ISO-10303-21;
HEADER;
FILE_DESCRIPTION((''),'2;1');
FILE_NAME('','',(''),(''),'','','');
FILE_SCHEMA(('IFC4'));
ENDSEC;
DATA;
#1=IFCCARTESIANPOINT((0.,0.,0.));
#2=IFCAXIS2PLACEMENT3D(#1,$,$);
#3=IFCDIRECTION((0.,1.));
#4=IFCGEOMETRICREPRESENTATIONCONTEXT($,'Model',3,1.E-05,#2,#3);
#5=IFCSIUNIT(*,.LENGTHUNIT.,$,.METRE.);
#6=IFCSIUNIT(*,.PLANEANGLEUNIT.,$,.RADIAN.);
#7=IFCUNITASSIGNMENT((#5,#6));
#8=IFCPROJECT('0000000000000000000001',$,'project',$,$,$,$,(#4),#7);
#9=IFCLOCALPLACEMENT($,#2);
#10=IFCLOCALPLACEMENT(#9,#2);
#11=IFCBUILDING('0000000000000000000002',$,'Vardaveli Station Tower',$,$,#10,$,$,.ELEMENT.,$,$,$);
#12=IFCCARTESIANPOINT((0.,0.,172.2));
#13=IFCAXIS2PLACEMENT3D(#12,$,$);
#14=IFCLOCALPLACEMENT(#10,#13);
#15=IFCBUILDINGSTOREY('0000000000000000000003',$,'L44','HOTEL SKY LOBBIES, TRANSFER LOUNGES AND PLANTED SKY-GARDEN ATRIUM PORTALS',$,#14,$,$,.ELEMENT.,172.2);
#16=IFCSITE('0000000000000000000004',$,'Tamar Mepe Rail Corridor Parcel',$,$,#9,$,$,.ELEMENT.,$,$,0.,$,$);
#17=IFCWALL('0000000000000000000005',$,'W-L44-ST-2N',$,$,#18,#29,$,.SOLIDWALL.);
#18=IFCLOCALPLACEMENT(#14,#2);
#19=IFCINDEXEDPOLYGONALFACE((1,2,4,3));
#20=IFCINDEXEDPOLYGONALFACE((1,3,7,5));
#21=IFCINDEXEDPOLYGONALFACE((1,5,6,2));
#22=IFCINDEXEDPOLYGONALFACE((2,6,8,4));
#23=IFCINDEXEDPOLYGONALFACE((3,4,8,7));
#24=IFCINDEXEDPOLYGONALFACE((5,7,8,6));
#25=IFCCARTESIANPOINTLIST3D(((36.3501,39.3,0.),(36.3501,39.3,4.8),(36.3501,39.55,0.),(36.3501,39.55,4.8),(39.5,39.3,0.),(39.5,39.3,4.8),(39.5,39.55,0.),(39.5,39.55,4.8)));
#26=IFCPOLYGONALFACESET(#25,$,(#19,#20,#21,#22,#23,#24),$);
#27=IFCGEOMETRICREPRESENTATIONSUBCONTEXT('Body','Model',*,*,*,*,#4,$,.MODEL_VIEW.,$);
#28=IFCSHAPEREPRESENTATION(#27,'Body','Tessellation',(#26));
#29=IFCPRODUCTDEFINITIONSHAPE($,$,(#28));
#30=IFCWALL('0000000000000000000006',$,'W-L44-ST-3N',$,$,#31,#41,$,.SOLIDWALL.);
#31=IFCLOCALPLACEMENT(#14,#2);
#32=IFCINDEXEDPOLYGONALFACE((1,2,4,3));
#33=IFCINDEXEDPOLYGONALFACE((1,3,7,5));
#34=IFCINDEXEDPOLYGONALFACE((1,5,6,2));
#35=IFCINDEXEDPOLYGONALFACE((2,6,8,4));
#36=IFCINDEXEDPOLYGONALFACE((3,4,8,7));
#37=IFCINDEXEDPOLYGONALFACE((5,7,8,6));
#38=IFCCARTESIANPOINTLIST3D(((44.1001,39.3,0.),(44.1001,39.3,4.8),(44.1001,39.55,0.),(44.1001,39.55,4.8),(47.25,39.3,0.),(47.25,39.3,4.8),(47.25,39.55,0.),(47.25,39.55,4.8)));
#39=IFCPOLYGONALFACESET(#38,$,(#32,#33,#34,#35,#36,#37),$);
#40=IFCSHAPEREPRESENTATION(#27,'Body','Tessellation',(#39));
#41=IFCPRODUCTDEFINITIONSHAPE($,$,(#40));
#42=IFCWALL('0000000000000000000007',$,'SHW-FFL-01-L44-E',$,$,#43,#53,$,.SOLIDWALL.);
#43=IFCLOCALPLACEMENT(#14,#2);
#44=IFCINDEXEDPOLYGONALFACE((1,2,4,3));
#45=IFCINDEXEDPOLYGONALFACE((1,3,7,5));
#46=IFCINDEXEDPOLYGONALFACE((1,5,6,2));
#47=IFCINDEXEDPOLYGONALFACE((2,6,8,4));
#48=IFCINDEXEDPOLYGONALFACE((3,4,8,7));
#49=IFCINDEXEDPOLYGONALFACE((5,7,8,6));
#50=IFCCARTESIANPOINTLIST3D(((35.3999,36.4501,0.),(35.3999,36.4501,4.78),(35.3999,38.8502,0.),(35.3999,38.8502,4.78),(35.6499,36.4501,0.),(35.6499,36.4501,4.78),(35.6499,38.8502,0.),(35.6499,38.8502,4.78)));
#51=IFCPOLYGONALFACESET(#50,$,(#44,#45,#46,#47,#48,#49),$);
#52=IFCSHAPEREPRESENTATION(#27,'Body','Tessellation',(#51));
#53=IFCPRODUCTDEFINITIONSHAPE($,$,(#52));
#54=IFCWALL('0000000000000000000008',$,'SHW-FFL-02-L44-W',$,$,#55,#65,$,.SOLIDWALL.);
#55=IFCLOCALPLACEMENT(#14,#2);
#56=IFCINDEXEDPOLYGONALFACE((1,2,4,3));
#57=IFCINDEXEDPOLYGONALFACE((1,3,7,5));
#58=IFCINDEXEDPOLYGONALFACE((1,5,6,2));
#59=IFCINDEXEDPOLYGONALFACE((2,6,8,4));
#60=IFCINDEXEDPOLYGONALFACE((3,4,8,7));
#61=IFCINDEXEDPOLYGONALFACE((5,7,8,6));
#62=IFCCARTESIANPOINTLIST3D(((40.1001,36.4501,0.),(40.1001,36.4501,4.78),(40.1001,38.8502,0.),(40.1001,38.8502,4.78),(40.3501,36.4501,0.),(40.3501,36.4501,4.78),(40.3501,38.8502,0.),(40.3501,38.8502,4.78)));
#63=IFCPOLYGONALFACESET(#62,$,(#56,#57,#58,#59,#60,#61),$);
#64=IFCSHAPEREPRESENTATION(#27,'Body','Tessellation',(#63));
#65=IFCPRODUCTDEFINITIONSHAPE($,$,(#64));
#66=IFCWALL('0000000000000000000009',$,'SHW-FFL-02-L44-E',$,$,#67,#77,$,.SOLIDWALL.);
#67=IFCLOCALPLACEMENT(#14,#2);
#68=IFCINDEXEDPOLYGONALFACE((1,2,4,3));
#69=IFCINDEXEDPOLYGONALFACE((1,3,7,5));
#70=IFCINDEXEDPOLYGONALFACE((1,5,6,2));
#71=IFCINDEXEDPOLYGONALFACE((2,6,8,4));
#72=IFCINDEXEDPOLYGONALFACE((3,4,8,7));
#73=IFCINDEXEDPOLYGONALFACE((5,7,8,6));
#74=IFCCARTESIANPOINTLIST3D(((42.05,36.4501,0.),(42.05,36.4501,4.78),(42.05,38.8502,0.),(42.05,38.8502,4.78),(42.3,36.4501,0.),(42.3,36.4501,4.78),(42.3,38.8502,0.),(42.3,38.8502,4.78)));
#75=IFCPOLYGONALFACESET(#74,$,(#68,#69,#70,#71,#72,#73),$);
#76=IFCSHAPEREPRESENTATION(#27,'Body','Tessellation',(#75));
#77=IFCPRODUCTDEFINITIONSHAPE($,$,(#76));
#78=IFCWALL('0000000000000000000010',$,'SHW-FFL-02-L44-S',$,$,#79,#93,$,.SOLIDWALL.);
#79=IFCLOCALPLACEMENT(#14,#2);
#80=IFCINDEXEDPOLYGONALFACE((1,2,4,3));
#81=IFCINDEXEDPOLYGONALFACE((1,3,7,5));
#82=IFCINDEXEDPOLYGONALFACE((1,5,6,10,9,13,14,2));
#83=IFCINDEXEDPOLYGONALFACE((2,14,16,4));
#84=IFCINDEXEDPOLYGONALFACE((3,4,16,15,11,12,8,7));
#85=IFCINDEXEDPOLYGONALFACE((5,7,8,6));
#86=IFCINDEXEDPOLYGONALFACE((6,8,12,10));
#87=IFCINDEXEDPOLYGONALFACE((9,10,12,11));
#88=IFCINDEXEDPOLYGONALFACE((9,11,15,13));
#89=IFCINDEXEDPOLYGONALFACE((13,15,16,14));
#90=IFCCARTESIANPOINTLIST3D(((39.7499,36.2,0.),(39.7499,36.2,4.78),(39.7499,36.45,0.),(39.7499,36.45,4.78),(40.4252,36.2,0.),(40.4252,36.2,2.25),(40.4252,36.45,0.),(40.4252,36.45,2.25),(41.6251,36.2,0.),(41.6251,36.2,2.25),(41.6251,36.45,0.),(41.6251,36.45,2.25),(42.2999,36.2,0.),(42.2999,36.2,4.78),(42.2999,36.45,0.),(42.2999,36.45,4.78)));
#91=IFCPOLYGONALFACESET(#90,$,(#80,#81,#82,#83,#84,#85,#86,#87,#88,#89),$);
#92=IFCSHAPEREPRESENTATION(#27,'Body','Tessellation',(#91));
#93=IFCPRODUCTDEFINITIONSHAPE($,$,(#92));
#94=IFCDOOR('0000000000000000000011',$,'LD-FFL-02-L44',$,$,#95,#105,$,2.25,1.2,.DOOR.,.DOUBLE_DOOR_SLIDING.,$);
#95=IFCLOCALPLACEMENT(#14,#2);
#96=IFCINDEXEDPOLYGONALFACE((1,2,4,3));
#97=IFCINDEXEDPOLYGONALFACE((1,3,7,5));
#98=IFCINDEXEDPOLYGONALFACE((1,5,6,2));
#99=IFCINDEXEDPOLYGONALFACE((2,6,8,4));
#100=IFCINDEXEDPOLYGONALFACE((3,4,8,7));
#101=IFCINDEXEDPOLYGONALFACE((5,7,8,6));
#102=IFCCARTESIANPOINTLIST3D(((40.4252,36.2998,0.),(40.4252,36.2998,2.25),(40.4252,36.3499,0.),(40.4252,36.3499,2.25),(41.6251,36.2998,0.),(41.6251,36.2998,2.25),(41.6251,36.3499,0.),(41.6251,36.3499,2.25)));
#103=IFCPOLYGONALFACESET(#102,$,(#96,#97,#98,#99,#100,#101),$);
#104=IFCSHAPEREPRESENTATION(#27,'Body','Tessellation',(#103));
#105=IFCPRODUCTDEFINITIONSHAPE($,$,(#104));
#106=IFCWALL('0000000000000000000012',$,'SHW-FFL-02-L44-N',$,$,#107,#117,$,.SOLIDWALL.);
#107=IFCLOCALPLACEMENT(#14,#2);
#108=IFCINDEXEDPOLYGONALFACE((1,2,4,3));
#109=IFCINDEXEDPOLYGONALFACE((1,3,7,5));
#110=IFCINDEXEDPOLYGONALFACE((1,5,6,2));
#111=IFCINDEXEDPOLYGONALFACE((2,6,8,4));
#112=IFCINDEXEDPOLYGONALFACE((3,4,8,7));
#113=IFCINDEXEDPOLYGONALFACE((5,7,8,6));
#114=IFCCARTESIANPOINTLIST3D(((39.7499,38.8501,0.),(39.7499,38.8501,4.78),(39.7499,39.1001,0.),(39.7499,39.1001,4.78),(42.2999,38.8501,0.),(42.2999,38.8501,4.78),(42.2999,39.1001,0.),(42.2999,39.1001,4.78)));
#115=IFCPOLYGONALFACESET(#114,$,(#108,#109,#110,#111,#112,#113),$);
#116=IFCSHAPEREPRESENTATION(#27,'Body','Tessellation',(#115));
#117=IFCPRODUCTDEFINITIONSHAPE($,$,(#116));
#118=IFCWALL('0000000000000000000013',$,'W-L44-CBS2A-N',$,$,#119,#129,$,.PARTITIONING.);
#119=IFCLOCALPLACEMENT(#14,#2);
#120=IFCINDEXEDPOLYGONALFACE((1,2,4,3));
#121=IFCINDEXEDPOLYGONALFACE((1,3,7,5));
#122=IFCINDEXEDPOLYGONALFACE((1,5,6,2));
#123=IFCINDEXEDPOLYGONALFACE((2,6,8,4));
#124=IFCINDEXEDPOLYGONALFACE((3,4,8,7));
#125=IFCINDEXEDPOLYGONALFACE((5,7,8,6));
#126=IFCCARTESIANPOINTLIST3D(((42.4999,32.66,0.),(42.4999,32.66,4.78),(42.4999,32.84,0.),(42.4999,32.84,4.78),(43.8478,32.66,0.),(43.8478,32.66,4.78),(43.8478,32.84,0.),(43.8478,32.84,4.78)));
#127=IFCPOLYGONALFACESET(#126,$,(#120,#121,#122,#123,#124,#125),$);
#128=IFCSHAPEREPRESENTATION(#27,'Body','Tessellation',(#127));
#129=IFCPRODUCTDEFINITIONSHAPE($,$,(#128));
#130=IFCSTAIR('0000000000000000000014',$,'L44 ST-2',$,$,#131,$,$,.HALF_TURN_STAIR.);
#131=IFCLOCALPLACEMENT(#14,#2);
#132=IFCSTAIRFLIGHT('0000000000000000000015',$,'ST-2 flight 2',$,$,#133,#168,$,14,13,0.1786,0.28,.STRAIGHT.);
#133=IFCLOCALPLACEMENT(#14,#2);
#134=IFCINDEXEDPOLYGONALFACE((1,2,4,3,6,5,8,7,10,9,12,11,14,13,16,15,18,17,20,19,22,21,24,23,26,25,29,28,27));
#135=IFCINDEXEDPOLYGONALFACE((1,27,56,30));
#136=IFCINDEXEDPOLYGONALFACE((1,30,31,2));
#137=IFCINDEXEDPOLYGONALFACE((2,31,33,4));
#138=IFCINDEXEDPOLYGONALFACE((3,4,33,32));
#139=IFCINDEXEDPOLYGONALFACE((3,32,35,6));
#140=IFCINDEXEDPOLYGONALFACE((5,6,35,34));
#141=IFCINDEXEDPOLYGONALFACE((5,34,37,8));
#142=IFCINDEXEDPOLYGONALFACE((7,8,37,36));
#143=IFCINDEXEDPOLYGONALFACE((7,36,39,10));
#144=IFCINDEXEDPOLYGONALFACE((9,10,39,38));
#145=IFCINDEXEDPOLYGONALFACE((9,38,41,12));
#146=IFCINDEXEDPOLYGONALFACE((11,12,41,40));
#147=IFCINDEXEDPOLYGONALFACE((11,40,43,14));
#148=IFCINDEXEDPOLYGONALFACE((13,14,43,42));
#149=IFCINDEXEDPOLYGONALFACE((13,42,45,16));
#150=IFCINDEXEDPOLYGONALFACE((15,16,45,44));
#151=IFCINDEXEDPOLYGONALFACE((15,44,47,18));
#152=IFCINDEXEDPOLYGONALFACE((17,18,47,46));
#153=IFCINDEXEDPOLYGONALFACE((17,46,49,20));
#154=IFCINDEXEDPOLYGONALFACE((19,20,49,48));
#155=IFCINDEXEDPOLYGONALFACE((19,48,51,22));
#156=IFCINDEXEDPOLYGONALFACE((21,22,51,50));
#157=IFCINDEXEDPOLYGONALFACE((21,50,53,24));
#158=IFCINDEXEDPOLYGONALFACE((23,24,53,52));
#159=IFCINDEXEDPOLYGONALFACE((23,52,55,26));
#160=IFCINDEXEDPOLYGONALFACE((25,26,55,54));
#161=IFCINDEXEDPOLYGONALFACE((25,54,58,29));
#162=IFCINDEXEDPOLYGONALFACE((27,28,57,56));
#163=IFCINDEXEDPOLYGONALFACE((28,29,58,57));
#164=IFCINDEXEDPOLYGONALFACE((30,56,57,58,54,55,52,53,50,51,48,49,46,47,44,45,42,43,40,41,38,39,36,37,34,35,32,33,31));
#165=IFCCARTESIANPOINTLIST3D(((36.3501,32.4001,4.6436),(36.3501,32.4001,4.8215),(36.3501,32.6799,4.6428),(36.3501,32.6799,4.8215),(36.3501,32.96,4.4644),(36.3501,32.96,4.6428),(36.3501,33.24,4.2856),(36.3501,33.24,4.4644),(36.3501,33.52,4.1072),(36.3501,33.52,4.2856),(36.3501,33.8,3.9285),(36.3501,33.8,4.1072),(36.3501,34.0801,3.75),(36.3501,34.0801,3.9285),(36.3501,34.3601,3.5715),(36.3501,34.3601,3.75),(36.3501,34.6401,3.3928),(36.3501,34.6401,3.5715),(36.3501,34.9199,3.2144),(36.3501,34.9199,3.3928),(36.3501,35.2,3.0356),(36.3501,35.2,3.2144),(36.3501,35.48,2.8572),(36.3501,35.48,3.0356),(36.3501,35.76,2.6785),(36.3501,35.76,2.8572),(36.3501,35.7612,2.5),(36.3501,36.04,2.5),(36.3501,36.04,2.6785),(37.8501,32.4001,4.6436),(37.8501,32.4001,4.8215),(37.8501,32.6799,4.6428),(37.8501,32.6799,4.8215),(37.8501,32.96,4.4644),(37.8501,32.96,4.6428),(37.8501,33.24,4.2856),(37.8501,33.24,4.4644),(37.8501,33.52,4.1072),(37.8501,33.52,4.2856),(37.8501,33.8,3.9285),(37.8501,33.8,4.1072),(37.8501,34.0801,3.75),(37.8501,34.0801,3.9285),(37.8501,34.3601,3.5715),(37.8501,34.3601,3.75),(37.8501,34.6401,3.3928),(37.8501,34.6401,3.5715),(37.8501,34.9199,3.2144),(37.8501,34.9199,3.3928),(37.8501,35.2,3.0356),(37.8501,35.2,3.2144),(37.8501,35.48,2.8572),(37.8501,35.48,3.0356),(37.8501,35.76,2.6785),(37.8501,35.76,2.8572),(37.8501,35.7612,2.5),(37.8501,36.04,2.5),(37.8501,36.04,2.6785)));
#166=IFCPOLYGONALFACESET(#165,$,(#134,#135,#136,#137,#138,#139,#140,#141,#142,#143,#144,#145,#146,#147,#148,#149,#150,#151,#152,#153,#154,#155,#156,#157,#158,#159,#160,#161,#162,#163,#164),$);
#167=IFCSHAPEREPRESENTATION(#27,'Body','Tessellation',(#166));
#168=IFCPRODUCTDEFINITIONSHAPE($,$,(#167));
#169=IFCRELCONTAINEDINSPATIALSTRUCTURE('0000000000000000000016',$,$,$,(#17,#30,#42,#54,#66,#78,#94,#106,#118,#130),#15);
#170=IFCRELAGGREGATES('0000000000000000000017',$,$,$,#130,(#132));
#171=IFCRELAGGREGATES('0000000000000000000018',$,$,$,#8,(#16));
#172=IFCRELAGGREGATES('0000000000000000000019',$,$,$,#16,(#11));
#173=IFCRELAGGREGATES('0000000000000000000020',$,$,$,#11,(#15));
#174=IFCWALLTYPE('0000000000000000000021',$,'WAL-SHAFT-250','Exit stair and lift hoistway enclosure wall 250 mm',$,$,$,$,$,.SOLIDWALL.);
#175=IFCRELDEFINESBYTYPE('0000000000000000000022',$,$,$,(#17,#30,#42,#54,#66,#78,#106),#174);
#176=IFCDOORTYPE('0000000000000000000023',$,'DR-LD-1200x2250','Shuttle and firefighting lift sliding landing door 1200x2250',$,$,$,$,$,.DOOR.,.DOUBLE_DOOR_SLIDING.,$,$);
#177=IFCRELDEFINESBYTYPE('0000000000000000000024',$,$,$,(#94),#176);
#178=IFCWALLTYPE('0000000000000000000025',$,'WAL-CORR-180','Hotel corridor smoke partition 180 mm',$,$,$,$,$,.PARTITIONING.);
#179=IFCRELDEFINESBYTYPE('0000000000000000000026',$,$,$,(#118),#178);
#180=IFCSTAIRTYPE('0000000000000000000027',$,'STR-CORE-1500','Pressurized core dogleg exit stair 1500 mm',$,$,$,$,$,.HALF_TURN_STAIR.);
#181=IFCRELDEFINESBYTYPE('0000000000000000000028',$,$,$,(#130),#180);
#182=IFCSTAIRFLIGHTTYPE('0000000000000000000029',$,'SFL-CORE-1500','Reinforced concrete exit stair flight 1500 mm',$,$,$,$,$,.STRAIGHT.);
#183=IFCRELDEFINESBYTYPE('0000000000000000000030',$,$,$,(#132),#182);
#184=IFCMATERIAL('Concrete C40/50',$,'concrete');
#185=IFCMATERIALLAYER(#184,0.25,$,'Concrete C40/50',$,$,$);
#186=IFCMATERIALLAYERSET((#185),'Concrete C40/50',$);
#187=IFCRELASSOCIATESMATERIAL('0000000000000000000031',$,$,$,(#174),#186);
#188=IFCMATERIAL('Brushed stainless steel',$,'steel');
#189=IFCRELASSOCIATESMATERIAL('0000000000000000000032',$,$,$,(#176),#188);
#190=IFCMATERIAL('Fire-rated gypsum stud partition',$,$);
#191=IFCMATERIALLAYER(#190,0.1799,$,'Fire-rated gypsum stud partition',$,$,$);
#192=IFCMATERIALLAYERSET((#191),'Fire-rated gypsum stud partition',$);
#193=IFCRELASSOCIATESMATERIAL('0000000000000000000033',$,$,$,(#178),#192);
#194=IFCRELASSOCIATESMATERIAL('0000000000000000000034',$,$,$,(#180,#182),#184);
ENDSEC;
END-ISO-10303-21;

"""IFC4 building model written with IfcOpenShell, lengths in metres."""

from ifc_helpers import new_model, si_unit, direction, frame, frame_2d, origin, place, context, subcontext, project, spatial, polyline, rectangle, outline, extrude, source, transform, mapped, material, layer, layer_set, type_object, element, fill, aggregate, save


model = new_model("IFC4")

# Units and contexts
model_context = context("Model", 3, precision=1e-05, world=origin(), true_north=direction((0.0, 1.0)))
body_context = subcontext(model_context, "Body", "Model", "MODEL_VIEW")
ifc_project = project(units=[si_unit("LENGTHUNIT", "METRE"), si_unit("PLANEANGLEUNIT", "RADIAN")], contexts=[model_context])

# Site, building, storey
site_placement = place(None, origin())
site = spatial("IfcSite", under=ifc_project, at=site_placement, Name="Tamar Mepe Rail Corridor Parcel", CompositionType="ELEMENT", RefElevation=0.0)
building_placement = place(site_placement, origin())
building = spatial("IfcBuilding", under=site, at=building_placement, Name="Vardaveli Station Tower", CompositionType="ELEMENT")
storey_placement = place(building_placement, frame((0.0, 0.0, 172.2)))
storey = spatial("IfcBuildingStorey", under=building, at=storey_placement, Name="L44", Description="HOTEL SKY LOBBIES, TRANSFER LOUNGES AND PLANTED SKY-GARDEN ATRIUM PORTALS", CompositionType="ELEMENT", Elevation=172.2)

# Walls
ifc_material_1 = material(Name="Concrete C40/50", Category="concrete")
ifc_layer_1 = layer(ifc_material_1, 0.25, Name="Concrete C40/50")
ifc_layer_set_1 = layer_set([ifc_layer_1], Name="Concrete C40/50")
wall_type_1 = type_object("IfcWallType", Name="WAL-SHAFT-250", Description="Exit stair and lift hoistway enclosure wall 250 mm", PredefinedType="SOLIDWALL", material=ifc_layer_set_1)
shared_shape_1 = source(origin(), body_context, "Body", "SweptSolid", [
    extrude(rectangle(XDim=3.1499, YDim=0.25, at=frame_2d((1.575, 0.0))), origin(), (0.0, 0.0, 1.0), 4.8),
])
for number, where, z_axis, x_axis, name in (
    (1, (36.3501, 39.425, 0.0), (0.0, 0.0, 1.0), (1.0, 0.0, 0.0), "W-L44-ST-2N"),
    (2, (44.1001, 39.425, 0.0), (0.0, 0.0, 1.0), (1.0, 0.0, 0.0), "W-L44-ST-3N"),
):
    element("IfcWall", number, at=place(storey_placement, frame(where, z_axis=z_axis, x_axis=x_axis)), inside=storey, type_object=wall_type_1, Name=name, PredefinedType="SOLIDWALL", context=body_context, shape_type="MappedRepresentation", body=[
        mapped(shared_shape_1, transform((0.0, 0.0, 0.0), scale=1.0)),
    ])
shared_shape_2 = source(origin(), body_context, "Body", "SweptSolid", [
    extrude(rectangle(XDim=2.4001, YDim=0.25, at=frame_2d((1.2002, 0.0))), origin(), (0.0, 0.0, 1.0), 4.78),
])
for number, where, z_axis, x_axis, name in (
    (3, (35.5249, 36.45, 0.0), (0.0, 0.0, 1.0), (0.0, 1.0, 0.0), "SHW-FFL-01-L44-E"),
    (4, (40.2251, 36.45, 0.0), (0.0, 0.0, 1.0), (0.0, 1.0, 0.0), "SHW-FFL-02-L44-W"),
    (5, (42.175, 36.45, 0.0), (0.0, 0.0, 1.0), (0.0, 1.0, 0.0), "SHW-FFL-02-L44-E"),
):
    element("IfcWall", number, at=place(storey_placement, frame(where, z_axis=z_axis, x_axis=x_axis)), inside=storey, type_object=wall_type_1, Name=name, PredefinedType="SOLIDWALL", context=body_context, shape_type="MappedRepresentation", body=[
        mapped(shared_shape_2, transform((0.0, 0.0, 0.0), scale=1.0)),
    ])

# Wall, opening, door
shared_shape_3 = source(origin(), body_context, "Body", "SweptSolid", [
    extrude(rectangle(XDim=2.55, YDim=0.25, at=frame_2d((1.2749, 0.0))), origin(), (0.0, 0.0, 1.0), 4.78),
])
wall_1_placement = place(storey_placement, frame((39.75, 36.325, 0.0), z_axis=(0.0, 0.0, 1.0), x_axis=(1.0, 0.0, 0.0)))
wall_1 = element("IfcWall", 6, at=wall_1_placement, inside=storey, type_object=wall_type_1, Name="SHW-FFL-02-L44-S", PredefinedType="SOLIDWALL", context=body_context, shape_type="MappedRepresentation", body=[
    mapped(shared_shape_3, transform((0.0, 0.0, 0.0), scale=1.0)),
])
shared_shape_4 = source(origin(), body_context, "Body", "SweptSolid", [
    extrude(rectangle(XDim=1.2, YDim=2.25, at=frame_2d((0.6001, 1.125))), frame((0.0, 0.135, 0.0), z_axis=(0.0, -1.0, 0.0), x_axis=(1.0, 0.0, 0.0)), (0.0, 0.0, 1.0), 0.27),
])
opening_placement = place(wall_1_placement, frame((0.675, 0.0, 0.0)))
opening = element("IfcOpeningElement", 7, at=opening_placement, cuts=wall_1, PredefinedType="OPENING", context=body_context, shape_type="MappedRepresentation", body=[
    mapped(shared_shape_4, transform((0.0, 0.0, 0.0), scale=1.0)),
])
ifc_material_2 = material(Name="Brushed stainless steel", Category="steel")
door_type = type_object("IfcDoorType", Name="DR-LD-1200x2250", Description="Shuttle and firefighting lift sliding landing door 1200x2250", OperationType="DOUBLE_DOOR_SLIDING", PredefinedType="DOOR", material=ifc_material_2)
shared_shape_5 = source(origin(), body_context, "Body", "SweptSolid", [
    extrude(rectangle(XDim=1.2, YDim=2.25, at=frame_2d((0.6001, 1.125))), frame((0.0, 0.0249, 0.0), z_axis=(0.0, -1.0, 0.0), x_axis=(1.0, 0.0, 0.0)), (0.0, 0.0, 1.0), 0.05),
])
door_placement = place(opening_placement, origin())
door = element("IfcDoor", 8, at=door_placement, inside=storey, type_object=door_type, Name="LD-FFL-02-L44", OperationType="DOUBLE_DOOR_SLIDING", OverallHeight=2.25, OverallWidth=1.2, PredefinedType="DOOR", context=body_context, shape_type="MappedRepresentation", body=[
    mapped(shared_shape_5, transform((0.0, 0.0, 0.0), scale=1.0)),
])
fill(opening, door)

# Walls
wall_2_placement = place(storey_placement, frame((39.75, 38.9751, 0.0), z_axis=(0.0, 0.0, 1.0), x_axis=(1.0, 0.0, 0.0)))
element("IfcWall", 9, at=wall_2_placement, inside=storey, type_object=wall_type_1, Name="SHW-FFL-02-L44-N", PredefinedType="SOLIDWALL", context=body_context, shape_type="MappedRepresentation", body=[
    mapped(shared_shape_3, transform((0.0, 0.0, 0.0), scale=1.0)),
])
ifc_material_3 = material(Name="Fire-rated gypsum stud partition")
ifc_layer_2 = layer(ifc_material_3, 0.1799, Name="Fire-rated gypsum stud partition")
ifc_layer_set_2 = layer_set([ifc_layer_2], Name="Fire-rated gypsum stud partition")
wall_type_2 = type_object("IfcWallType", Name="WAL-CORR-180", Description="Hotel corridor smoke partition 180 mm", PredefinedType="PARTITIONING", material=ifc_layer_set_2)
shared_shape_6 = source(origin(), body_context, "Body", "SweptSolid", [
    extrude(rectangle(XDim=1.3479, YDim=0.1799, at=frame_2d((0.6738, 0.0))), origin(), (0.0, 0.0, 1.0), 4.78),
])
wall_3_placement = place(storey_placement, frame((42.5, 32.75, 0.0), z_axis=(0.0, 0.0, 1.0), x_axis=(1.0, 0.0, 0.0)))
element("IfcWall", 10, at=wall_3_placement, inside=storey, type_object=wall_type_2, Name="W-L44-CBS2A-N", PredefinedType="PARTITIONING", context=body_context, shape_type="MappedRepresentation", body=[
    mapped(shared_shape_6, transform((0.0, 0.0, 0.0), scale=1.0)),
])

# Stair, stair flight
stair_type = type_object("IfcStairType", Name="STR-CORE-1500", Description="Pressurized core dogleg exit stair 1500 mm", PredefinedType="HALF_TURN_STAIR", material=ifc_material_1)
stair_placement = place(storey_placement, origin())
stair = element("IfcStair", 11, at=stair_placement, inside=storey, type_object=stair_type, Name="L44 ST-2", PredefinedType="HALF_TURN_STAIR")
stair_flight_type = type_object("IfcStairFlightType", Name="SFL-CORE-1500", Description="Reinforced concrete exit stair flight 1500 mm", PredefinedType="STRAIGHT", material=ifc_material_1)
shared_shape_7 = source(origin(), body_context, "Body", "SweptSolid", [
    extrude(outline(polyline([(0.0, 0.0), (0.0, 0.1785), (0.28, 0.1785), (0.28, 0.3572), (0.5601, 0.3572), (0.5601, 0.5356), (0.8401, 0.5356), (0.8401, 0.7144), (1.1201, 0.7144), (1.1201, 0.8928), (1.3999, 0.8928), (1.3999, 1.0715), (1.6799, 1.0715), (1.6799, 1.25), (1.96, 1.25), (1.96, 1.4285), (2.24, 1.4285), (2.24, 1.6072), (2.52, 1.6072), (2.52, 1.7856), (2.8, 1.7856), (2.8, 1.9644), (3.0801, 1.9644), (3.0801, 2.1428), (3.3601, 2.1428), (3.3601, 2.3215), (3.6399, 2.3215), (3.6399, 2.5), (3.6399, 2.1436), (0.2788, 0.0), (0.0, 0.0)])), frame((0.0, 0.75, 0.0), z_axis=(0.0, -1.0, 0.0), x_axis=(1.0, 0.0, 0.0)), (0.0, 0.0, 1.0), 1.5),
])
stair_flight_placement = place(storey_placement, frame((37.1001, 36.04, 2.5), z_axis=(0.0, 0.0, 1.0), x_axis=(0.0, -1.0, 0.0)))
stair_flight = element("IfcStairFlight", 12, at=stair_flight_placement, type_object=stair_flight_type, Name="ST-2 flight 2", NumberOfRisers=14, NumberOfTreads=13, PredefinedType="STRAIGHT", RiserHeight=0.1786, TreadLength=0.28, context=body_context, shape_type="MappedRepresentation", body=[
    mapped(shared_shape_7, transform((0.0, 0.0, 0.0), scale=1.0)),
])
aggregate(stair, [stair_flight])

save(model, "model.ifc")
